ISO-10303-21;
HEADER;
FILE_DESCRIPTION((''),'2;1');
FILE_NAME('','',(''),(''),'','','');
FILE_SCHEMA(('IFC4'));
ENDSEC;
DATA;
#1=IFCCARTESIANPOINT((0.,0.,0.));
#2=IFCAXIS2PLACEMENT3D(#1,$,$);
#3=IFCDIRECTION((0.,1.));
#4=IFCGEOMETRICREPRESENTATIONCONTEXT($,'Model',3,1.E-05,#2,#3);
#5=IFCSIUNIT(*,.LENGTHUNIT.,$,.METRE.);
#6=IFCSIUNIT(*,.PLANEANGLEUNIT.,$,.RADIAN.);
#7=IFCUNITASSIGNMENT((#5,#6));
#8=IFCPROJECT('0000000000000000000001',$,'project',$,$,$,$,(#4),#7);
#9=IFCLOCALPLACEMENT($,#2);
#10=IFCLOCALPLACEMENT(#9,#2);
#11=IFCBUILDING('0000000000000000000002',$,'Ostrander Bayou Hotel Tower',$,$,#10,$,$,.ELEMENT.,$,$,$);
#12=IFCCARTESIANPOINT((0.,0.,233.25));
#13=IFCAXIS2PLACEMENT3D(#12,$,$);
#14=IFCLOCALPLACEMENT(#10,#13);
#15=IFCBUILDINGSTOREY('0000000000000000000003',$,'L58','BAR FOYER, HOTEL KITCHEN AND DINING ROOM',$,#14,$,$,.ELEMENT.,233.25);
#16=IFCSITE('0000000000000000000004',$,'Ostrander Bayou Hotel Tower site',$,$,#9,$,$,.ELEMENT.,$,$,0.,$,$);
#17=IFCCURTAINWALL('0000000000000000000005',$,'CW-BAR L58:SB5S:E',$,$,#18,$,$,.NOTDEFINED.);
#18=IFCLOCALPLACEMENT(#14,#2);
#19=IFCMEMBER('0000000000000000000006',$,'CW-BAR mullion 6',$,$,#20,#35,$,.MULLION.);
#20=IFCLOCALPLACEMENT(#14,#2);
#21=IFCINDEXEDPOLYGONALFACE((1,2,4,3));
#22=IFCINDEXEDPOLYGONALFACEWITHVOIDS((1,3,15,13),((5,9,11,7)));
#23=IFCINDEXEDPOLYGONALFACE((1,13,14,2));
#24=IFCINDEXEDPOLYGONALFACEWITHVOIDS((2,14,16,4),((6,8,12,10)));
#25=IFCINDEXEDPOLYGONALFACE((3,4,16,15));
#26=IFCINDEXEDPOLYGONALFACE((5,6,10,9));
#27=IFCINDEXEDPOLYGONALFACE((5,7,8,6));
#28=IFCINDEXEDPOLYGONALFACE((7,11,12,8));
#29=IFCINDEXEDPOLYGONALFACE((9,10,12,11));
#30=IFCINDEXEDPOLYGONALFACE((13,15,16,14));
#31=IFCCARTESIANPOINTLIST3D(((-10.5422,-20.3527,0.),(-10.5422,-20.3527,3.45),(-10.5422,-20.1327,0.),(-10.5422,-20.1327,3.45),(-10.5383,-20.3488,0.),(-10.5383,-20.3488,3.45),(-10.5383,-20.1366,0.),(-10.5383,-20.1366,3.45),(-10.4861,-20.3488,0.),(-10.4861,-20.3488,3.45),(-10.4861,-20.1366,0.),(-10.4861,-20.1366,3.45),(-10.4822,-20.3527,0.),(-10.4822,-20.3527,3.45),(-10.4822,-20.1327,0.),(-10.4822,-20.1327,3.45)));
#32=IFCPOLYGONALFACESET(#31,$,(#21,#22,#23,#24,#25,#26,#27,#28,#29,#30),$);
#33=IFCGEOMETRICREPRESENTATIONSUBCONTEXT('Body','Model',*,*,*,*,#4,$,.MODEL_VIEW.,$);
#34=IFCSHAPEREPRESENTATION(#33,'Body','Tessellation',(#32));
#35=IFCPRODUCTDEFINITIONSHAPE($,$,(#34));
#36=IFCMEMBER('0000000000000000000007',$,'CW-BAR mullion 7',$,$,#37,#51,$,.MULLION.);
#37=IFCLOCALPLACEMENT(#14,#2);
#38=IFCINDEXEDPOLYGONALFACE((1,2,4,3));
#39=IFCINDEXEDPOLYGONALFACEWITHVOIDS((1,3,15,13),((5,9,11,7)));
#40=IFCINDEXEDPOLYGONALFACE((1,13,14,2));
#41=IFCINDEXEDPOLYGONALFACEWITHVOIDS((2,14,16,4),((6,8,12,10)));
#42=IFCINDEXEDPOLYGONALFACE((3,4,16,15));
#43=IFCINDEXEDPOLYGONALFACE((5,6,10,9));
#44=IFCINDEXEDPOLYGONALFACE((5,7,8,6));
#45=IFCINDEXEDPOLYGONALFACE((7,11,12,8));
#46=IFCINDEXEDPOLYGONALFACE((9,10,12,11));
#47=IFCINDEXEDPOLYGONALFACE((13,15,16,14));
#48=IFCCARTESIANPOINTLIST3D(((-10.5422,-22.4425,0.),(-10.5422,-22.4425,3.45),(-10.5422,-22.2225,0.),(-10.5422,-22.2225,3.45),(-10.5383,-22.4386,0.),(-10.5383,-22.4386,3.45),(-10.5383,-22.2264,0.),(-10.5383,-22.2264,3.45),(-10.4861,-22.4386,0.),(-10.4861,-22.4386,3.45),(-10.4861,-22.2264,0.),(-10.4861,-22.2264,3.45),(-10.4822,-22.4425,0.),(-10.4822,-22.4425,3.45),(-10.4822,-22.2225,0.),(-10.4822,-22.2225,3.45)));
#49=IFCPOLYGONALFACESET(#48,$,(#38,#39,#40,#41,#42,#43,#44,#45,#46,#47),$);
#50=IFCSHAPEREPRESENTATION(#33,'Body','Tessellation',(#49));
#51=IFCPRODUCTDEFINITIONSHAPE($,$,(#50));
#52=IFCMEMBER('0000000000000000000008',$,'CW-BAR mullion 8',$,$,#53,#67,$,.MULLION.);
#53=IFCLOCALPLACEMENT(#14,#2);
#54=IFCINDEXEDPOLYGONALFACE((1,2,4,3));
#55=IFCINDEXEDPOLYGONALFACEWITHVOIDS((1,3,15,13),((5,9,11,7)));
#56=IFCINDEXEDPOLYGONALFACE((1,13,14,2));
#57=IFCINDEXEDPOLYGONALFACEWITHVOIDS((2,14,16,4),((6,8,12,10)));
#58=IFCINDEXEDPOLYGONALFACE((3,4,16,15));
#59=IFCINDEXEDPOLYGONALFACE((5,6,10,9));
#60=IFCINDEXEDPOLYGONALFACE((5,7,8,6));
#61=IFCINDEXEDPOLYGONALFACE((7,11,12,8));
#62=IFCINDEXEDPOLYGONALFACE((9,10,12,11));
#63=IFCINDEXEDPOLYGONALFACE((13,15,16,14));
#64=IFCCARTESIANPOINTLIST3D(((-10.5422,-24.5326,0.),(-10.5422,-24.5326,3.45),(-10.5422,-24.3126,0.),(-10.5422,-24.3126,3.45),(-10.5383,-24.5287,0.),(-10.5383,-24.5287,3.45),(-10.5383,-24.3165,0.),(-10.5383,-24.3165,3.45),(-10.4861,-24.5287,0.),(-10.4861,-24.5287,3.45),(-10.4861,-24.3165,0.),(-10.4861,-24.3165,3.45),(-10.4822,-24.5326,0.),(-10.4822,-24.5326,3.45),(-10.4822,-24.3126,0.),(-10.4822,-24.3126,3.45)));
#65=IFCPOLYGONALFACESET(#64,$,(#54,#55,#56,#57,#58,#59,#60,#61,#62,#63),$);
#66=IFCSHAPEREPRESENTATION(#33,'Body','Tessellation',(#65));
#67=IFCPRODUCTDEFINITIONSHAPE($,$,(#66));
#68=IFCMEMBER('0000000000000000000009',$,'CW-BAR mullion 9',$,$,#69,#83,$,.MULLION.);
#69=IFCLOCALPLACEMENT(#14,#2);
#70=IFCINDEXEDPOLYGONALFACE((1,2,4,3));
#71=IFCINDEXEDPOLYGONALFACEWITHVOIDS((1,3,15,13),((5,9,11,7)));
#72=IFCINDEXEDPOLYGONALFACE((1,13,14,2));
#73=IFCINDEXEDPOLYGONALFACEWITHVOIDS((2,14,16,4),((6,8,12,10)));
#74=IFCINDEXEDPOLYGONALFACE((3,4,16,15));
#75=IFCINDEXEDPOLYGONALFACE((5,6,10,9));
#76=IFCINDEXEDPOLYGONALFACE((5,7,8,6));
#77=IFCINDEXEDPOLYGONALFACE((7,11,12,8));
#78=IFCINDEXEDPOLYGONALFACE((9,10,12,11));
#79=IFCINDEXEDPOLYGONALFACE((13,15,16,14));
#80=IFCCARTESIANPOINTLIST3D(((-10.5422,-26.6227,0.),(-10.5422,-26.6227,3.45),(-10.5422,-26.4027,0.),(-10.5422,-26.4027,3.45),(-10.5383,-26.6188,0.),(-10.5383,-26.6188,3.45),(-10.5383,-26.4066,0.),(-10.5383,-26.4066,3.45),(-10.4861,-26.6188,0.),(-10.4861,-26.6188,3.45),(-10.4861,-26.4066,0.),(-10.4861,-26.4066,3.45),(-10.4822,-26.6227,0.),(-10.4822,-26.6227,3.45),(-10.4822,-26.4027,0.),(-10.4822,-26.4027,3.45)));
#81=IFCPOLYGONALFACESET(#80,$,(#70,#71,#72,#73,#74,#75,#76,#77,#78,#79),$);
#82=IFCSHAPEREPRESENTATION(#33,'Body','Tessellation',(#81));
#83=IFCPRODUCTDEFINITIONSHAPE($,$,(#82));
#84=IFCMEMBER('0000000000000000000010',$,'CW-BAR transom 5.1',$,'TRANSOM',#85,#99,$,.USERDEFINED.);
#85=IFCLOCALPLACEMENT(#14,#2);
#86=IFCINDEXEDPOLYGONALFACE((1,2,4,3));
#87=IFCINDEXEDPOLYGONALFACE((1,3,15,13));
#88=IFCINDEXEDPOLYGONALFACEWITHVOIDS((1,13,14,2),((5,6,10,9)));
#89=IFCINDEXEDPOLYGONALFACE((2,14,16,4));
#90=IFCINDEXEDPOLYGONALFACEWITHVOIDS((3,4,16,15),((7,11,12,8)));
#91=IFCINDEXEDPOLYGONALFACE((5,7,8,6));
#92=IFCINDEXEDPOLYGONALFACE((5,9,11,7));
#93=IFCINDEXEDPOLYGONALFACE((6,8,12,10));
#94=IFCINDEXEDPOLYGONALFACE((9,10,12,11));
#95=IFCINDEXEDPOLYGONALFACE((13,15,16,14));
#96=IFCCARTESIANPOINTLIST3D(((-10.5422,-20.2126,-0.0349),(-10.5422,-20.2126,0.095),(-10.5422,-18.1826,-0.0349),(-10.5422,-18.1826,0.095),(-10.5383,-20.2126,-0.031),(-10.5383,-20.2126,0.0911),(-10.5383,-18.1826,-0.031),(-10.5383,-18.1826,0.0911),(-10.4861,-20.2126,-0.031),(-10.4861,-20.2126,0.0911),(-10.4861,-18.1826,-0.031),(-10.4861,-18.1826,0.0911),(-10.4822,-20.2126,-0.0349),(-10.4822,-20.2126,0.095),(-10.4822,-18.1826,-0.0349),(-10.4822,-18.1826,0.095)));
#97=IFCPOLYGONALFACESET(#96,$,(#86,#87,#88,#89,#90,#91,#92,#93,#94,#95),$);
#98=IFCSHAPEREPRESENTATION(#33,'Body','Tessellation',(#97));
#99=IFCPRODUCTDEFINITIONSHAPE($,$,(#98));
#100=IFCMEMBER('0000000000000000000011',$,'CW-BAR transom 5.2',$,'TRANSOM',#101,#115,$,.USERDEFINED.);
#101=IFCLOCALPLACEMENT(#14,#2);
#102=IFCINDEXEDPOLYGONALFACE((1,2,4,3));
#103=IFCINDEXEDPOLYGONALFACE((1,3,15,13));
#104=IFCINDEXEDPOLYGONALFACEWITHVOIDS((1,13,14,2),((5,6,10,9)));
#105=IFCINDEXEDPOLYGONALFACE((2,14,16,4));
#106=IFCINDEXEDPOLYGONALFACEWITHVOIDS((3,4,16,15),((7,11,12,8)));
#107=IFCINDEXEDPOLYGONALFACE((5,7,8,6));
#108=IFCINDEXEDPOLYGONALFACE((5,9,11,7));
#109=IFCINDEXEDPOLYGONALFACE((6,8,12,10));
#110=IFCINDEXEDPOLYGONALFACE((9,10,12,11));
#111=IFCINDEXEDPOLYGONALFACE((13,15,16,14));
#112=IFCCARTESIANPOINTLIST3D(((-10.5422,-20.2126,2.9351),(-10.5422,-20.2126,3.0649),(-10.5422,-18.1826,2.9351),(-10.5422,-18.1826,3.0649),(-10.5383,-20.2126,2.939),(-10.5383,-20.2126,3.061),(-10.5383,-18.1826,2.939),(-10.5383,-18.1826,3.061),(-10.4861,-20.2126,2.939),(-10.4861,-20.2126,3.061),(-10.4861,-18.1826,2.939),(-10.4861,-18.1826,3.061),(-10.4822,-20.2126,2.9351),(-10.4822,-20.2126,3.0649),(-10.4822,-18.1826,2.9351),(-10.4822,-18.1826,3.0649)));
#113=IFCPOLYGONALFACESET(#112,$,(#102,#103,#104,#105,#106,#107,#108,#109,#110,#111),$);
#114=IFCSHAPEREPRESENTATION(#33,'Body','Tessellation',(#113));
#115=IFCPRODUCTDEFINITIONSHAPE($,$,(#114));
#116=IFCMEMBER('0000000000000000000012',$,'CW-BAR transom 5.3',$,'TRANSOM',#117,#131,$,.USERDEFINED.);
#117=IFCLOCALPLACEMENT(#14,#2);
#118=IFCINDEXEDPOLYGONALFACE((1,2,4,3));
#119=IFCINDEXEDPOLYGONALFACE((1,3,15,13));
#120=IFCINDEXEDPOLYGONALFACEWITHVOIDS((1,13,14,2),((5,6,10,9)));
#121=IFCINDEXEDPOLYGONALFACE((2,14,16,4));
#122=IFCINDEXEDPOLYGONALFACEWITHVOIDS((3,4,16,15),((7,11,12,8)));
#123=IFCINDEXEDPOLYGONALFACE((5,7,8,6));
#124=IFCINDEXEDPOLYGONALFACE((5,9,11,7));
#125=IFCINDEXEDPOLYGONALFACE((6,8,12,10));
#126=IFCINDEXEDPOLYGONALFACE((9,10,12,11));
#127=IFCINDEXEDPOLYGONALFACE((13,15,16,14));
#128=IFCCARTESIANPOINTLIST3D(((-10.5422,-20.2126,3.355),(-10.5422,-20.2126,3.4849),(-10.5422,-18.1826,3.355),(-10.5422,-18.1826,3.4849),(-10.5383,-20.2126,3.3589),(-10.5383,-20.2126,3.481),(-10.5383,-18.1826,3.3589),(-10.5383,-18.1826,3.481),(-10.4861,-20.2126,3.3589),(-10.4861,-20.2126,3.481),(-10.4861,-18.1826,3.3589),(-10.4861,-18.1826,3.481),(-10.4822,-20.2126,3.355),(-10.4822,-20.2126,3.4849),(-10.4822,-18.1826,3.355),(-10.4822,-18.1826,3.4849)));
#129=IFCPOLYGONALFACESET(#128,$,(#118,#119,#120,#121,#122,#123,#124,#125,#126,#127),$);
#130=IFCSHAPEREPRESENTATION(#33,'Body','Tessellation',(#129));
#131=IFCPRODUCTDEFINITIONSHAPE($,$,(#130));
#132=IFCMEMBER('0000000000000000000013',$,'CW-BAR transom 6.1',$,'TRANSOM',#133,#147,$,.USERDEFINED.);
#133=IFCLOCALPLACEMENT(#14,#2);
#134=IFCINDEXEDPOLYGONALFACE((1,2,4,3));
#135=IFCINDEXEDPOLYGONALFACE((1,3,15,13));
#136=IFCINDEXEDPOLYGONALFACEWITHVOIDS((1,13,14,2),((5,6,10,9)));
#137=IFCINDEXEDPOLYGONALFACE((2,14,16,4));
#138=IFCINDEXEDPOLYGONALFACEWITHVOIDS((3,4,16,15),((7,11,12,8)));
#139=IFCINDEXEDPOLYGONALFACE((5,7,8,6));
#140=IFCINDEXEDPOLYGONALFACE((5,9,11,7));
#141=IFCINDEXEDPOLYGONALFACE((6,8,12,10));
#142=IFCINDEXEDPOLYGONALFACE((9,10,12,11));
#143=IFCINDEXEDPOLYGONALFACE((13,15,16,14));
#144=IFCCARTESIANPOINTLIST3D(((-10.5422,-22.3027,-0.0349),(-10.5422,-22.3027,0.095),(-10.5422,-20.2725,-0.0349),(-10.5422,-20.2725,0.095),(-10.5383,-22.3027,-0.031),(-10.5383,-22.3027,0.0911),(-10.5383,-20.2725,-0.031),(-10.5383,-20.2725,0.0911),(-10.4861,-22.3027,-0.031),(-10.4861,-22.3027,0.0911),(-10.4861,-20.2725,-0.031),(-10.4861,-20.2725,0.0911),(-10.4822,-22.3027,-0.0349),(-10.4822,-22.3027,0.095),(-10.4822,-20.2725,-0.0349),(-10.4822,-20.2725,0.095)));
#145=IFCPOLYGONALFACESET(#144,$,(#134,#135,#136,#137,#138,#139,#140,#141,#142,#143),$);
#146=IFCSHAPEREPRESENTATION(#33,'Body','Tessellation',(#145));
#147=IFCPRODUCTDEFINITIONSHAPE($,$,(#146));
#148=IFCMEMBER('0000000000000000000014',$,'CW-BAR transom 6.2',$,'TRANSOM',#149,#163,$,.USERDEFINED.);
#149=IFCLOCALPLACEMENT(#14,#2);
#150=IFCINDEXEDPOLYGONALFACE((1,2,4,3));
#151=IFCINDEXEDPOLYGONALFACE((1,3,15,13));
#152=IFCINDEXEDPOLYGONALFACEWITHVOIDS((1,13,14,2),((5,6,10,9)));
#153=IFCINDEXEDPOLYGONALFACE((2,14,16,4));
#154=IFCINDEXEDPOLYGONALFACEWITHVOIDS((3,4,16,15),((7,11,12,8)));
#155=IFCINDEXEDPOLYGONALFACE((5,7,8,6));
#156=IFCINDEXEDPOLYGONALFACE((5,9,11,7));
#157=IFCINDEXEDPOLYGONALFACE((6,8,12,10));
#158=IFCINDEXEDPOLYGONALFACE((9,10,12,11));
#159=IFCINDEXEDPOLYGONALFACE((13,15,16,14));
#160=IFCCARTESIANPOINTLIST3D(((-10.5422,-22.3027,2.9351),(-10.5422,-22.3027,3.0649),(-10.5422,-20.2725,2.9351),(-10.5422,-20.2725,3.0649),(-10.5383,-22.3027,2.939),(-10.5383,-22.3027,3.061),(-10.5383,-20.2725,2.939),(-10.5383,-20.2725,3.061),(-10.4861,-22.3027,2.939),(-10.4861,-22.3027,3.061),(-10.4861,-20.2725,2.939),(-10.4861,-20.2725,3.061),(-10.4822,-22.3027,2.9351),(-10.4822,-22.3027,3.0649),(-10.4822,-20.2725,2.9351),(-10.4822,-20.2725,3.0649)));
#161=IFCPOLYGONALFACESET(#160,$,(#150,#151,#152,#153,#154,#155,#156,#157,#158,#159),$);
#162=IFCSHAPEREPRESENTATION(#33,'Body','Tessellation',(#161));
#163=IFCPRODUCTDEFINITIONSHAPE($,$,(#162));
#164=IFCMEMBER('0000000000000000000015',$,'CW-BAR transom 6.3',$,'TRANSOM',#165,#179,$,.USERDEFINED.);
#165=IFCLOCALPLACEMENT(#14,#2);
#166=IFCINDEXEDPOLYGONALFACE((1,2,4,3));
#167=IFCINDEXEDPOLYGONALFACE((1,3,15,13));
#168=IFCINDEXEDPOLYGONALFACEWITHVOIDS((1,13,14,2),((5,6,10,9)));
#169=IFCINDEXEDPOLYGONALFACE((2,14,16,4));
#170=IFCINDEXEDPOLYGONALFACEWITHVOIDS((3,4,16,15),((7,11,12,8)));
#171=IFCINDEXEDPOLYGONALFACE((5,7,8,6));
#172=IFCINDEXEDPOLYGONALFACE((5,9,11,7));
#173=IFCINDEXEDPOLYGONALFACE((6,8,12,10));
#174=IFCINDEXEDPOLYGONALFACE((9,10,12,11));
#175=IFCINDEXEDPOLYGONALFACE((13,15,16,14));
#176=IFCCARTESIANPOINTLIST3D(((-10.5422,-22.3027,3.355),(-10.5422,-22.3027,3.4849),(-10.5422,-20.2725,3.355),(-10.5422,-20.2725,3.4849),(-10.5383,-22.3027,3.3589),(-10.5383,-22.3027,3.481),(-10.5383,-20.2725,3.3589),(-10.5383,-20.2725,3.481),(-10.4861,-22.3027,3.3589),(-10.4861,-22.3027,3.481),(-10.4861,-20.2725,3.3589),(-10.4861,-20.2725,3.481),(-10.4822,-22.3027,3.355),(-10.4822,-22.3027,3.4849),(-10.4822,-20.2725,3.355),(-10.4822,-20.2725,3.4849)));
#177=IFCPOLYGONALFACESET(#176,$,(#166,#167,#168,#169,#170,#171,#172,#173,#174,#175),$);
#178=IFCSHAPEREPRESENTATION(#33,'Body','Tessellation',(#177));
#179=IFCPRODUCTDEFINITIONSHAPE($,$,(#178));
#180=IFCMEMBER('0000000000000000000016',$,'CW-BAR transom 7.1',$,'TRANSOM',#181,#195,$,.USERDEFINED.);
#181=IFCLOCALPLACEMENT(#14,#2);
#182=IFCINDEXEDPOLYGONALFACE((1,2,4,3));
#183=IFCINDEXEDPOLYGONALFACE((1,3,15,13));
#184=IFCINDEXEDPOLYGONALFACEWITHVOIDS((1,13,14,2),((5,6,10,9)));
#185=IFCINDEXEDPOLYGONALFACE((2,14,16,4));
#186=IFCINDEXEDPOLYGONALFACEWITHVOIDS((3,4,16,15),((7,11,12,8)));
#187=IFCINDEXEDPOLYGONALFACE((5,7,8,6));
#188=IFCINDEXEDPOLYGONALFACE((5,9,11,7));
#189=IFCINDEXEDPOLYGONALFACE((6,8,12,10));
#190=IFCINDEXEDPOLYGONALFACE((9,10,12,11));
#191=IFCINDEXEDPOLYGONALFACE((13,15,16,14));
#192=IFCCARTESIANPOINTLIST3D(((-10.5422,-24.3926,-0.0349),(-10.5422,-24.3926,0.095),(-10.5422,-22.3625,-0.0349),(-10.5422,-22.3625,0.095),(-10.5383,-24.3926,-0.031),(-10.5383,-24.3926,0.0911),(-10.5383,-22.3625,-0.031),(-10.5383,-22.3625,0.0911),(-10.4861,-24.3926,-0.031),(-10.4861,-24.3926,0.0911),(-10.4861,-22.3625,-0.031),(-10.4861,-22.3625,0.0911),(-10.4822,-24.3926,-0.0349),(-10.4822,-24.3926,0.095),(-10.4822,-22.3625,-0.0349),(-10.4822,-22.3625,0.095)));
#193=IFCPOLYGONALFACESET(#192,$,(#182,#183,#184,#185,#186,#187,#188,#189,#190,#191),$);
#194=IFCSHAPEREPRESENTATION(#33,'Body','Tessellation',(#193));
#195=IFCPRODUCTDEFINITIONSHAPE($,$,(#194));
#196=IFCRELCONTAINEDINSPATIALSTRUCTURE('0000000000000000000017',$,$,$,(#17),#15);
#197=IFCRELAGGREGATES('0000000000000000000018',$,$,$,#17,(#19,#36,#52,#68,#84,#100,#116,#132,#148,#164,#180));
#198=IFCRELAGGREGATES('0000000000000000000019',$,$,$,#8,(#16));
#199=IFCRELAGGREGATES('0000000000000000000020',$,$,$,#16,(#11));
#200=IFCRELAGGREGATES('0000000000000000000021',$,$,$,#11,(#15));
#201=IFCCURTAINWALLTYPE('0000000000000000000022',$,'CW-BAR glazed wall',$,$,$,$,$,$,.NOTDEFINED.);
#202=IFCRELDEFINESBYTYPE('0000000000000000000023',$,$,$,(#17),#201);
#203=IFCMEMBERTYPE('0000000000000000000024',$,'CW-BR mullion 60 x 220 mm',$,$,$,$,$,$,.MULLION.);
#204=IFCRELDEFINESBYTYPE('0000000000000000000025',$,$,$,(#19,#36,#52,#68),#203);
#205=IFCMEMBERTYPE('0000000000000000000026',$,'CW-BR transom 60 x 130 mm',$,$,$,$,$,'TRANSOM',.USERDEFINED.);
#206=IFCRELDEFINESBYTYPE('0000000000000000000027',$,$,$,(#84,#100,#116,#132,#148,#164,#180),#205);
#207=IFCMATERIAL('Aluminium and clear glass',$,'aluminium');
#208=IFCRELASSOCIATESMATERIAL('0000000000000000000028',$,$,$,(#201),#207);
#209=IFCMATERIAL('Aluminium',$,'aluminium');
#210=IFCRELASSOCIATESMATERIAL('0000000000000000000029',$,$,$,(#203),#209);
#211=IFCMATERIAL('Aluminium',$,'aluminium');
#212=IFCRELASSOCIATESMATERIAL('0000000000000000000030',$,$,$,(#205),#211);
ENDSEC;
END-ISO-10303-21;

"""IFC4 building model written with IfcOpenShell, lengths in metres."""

from ifc_helpers import new_model, si_unit, direction, frame, origin, origin_2d, place, context, subcontext, project, spatial, hollow_rectangle, extrude, material, material_profile, profile_set, type_object, element, aggregate, save


model = new_model("IFC4")

# Units and contexts
model_context = context("Model", 3, precision=1e-05, world=origin(), true_north=direction((0.0, 1.0)))
body_context = subcontext(model_context, "Body", "Model", "MODEL_VIEW")
ifc_project = project(units=[si_unit("LENGTHUNIT", "METRE"), si_unit("PLANEANGLEUNIT", "RADIAN")], contexts=[model_context])

# Site, building, storey
site_placement = place(None, origin())
site = spatial("IfcSite", under=ifc_project, at=site_placement, Name="Ostrander Bayou Hotel Tower site", CompositionType="ELEMENT", RefElevation=0.0)
building_placement = place(site_placement, origin())
building = spatial("IfcBuilding", under=site, at=building_placement, Name="Ostrander Bayou Hotel Tower", CompositionType="ELEMENT")
storey_placement = place(building_placement, frame((0.0, 0.0, 233.25)))
storey = spatial("IfcBuildingStorey", under=building, at=storey_placement, Name="L58", Description="BAR FOYER, HOTEL KITCHEN AND DINING ROOM", CompositionType="ELEMENT", Elevation=233.25)

# Curtain wall, members
ifc_material_1 = material(Name="Aluminium and clear glass", Category="aluminium")
curtain_wall_type = type_object("IfcCurtainWallType", Name="CW-BAR glazed wall", PredefinedType="NOTDEFINED", material=ifc_material_1)
curtain_wall_placement = place(storey_placement, origin())
curtain_wall = element("IfcCurtainWall", 1, at=curtain_wall_placement, inside=storey, type_object=curtain_wall_type, Name="CW-BAR L58:SB5S:E", PredefinedType="NOTDEFINED")
ifc_material_2 = material(Name="Aluminium", Category="aluminium")
ifc_material_profile_1 = material_profile(ifc_material_2, hollow_rectangle(XDim=0.0601, YDim=0.22, WallThickness=0.0039, at=origin_2d()))
ifc_profile_set_1 = profile_set([ifc_material_profile_1], Name="Aluminium")
member_type_1 = type_object("IfcMemberType", Name="CW-BR mullion 60 x 220 mm", PredefinedType="MULLION", material=ifc_profile_set_1)
member_1_placement = place(storey_placement, frame((-10.5122, -20.2427, 0.0), z_axis=(0.0, 0.0, 1.0), x_axis=(1.0, 0.0, 0.0)))
member_1 = element("IfcMember", 2, at=member_1_placement, type_object=member_type_1, Name="CW-BAR mullion 6", PredefinedType="MULLION", context=body_context, shape_type="SweptSolid", body=[
    extrude(hollow_rectangle(XDim=0.0601, YDim=0.22, WallThickness=0.0039, at=origin_2d()), origin(), (0.0, 0.0, 1.0), 3.45),
])
member_2_placement = place(storey_placement, frame((-10.5122, -22.3325, 0.0), z_axis=(0.0, 0.0, 1.0), x_axis=(1.0, 0.0, 0.0)))
member_2 = element("IfcMember", 3, at=member_2_placement, type_object=member_type_1, Name="CW-BAR mullion 7", PredefinedType="MULLION", context=body_context, shape_type="SweptSolid", body=[
    extrude(hollow_rectangle(XDim=0.0601, YDim=0.22, WallThickness=0.0039, at=origin_2d()), origin(), (0.0, 0.0, 1.0), 3.45),
])
member_3_placement = place(storey_placement, frame((-10.5122, -24.4226, 0.0), z_axis=(0.0, 0.0, 1.0), x_axis=(1.0, 0.0, 0.0)))
member_3 = element("IfcMember", 4, at=member_3_placement, type_object=member_type_1, Name="CW-BAR mullion 8", PredefinedType="MULLION", context=body_context, shape_type="SweptSolid", body=[
    extrude(hollow_rectangle(XDim=0.0601, YDim=0.22, WallThickness=0.0039, at=origin_2d()), origin(), (0.0, 0.0, 1.0), 3.45),
])
member_4_placement = place(storey_placement, frame((-10.5122, -26.5127, 0.0), z_axis=(0.0, 0.0, 1.0), x_axis=(1.0, 0.0, 0.0)))
member_4 = element("IfcMember", 5, at=member_4_placement, type_object=member_type_1, Name="CW-BAR mullion 9", PredefinedType="MULLION", context=body_context, shape_type="SweptSolid", body=[
    extrude(hollow_rectangle(XDim=0.0601, YDim=0.22, WallThickness=0.0039, at=origin_2d()), origin(), (0.0, 0.0, 1.0), 3.45),
])
ifc_material_3 = material(Name="Aluminium", Category="aluminium")
ifc_material_profile_2 = material_profile(ifc_material_3, hollow_rectangle(XDim=0.0601, YDim=0.1299, WallThickness=0.0039, at=origin_2d()))
ifc_profile_set_2 = profile_set([ifc_material_profile_2], Name="Aluminium")
member_type_2 = type_object("IfcMemberType", Name="CW-BR transom 60 x 130 mm", ElementType="TRANSOM", PredefinedType="USERDEFINED", material=ifc_profile_set_2)
member_5_placement = place(storey_placement, frame((-10.5122, -18.1826, 0.03), z_axis=(0.0, -1.0, 0.0), x_axis=(1.0, 0.0, 0.0)))
member_5 = element("IfcMember", 6, at=member_5_placement, type_object=member_type_2, Name="CW-BAR transom 5.1", ObjectType="TRANSOM", PredefinedType="USERDEFINED", context=body_context, shape_type="SweptSolid", body=[
    extrude(hollow_rectangle(XDim=0.0601, YDim=0.1299, WallThickness=0.0039, at=origin_2d()), origin(), (0.0, 0.0, 1.0), 2.03),
])
member_6_placement = place(storey_placement, frame((-10.5122, -18.1826, 3.0), z_axis=(0.0, -1.0, 0.0), x_axis=(1.0, 0.0, 0.0)))
member_6 = element("IfcMember", 7, at=member_6_placement, type_object=member_type_2, Name="CW-BAR transom 5.2", ObjectType="TRANSOM", PredefinedType="USERDEFINED", context=body_context, shape_type="SweptSolid", body=[
    extrude(hollow_rectangle(XDim=0.0601, YDim=0.1299, WallThickness=0.0039, at=origin_2d()), origin(), (0.0, 0.0, 1.0), 2.03),
])
member_7_placement = place(storey_placement, frame((-10.5122, -18.1826, 3.4199), z_axis=(0.0, -1.0, 0.0), x_axis=(1.0, 0.0, 0.0)))
member_7 = element("IfcMember", 8, at=member_7_placement, type_object=member_type_2, Name="CW-BAR transom 5.3", ObjectType="TRANSOM", PredefinedType="USERDEFINED", context=body_context, shape_type="SweptSolid", body=[
    extrude(hollow_rectangle(XDim=0.0601, YDim=0.1299, WallThickness=0.0039, at=origin_2d()), origin(), (0.0, 0.0, 1.0), 2.03),
])
member_8_placement = place(storey_placement, frame((-10.5122, -20.2725, 0.03), z_axis=(0.0, -1.0, 0.0), x_axis=(1.0, 0.0, 0.0)))
member_8 = element("IfcMember", 9, at=member_8_placement, type_object=member_type_2, Name="CW-BAR transom 6.1", ObjectType="TRANSOM", PredefinedType="USERDEFINED", context=body_context, shape_type="SweptSolid", body=[
    extrude(hollow_rectangle(XDim=0.0601, YDim=0.1299, WallThickness=0.0039, at=origin_2d()), origin(), (0.0, 0.0, 1.0), 2.0303),
])
member_9_placement = place(storey_placement, frame((-10.5122, -20.2725, 3.0), z_axis=(0.0, -1.0, 0.0), x_axis=(1.0, 0.0, 0.0)))
member_9 = element("IfcMember", 10, at=member_9_placement, type_object=member_type_2, Name="CW-BAR transom 6.2", ObjectType="TRANSOM", PredefinedType="USERDEFINED", context=body_context, shape_type="SweptSolid", body=[
    extrude(hollow_rectangle(XDim=0.0601, YDim=0.1299, WallThickness=0.0039, at=origin_2d()), origin(), (0.0, 0.0, 1.0), 2.0303),
])
member_10_placement = place(storey_placement, frame((-10.5122, -20.2725, 3.4199), z_axis=(0.0, -1.0, 0.0), x_axis=(1.0, 0.0, 0.0)))
member_10 = element("IfcMember", 11, at=member_10_placement, type_object=member_type_2, Name="CW-BAR transom 6.3", ObjectType="TRANSOM", PredefinedType="USERDEFINED", context=body_context, shape_type="SweptSolid", body=[
    extrude(hollow_rectangle(XDim=0.0601, YDim=0.1299, WallThickness=0.0039, at=origin_2d()), origin(), (0.0, 0.0, 1.0), 2.0303),
])
member_11_placement = place(storey_placement, frame((-10.5122, -22.3625, 0.03), z_axis=(0.0, -1.0, 0.0), x_axis=(1.0, 0.0, 0.0)))
member_11 = element("IfcMember", 12, at=member_11_placement, type_object=member_type_2, Name="CW-BAR transom 7.1", ObjectType="TRANSOM", PredefinedType="USERDEFINED", context=body_context, shape_type="SweptSolid", body=[
    extrude(hollow_rectangle(XDim=0.0601, YDim=0.1299, WallThickness=0.0039, at=origin_2d()), origin(), (0.0, 0.0, 1.0), 2.03),
])

aggregate(curtain_wall, [member_1, member_2, member_3, member_4, member_5, member_6, member_7, member_8, member_9, member_10, member_11])

save(model, "model.ifc")
